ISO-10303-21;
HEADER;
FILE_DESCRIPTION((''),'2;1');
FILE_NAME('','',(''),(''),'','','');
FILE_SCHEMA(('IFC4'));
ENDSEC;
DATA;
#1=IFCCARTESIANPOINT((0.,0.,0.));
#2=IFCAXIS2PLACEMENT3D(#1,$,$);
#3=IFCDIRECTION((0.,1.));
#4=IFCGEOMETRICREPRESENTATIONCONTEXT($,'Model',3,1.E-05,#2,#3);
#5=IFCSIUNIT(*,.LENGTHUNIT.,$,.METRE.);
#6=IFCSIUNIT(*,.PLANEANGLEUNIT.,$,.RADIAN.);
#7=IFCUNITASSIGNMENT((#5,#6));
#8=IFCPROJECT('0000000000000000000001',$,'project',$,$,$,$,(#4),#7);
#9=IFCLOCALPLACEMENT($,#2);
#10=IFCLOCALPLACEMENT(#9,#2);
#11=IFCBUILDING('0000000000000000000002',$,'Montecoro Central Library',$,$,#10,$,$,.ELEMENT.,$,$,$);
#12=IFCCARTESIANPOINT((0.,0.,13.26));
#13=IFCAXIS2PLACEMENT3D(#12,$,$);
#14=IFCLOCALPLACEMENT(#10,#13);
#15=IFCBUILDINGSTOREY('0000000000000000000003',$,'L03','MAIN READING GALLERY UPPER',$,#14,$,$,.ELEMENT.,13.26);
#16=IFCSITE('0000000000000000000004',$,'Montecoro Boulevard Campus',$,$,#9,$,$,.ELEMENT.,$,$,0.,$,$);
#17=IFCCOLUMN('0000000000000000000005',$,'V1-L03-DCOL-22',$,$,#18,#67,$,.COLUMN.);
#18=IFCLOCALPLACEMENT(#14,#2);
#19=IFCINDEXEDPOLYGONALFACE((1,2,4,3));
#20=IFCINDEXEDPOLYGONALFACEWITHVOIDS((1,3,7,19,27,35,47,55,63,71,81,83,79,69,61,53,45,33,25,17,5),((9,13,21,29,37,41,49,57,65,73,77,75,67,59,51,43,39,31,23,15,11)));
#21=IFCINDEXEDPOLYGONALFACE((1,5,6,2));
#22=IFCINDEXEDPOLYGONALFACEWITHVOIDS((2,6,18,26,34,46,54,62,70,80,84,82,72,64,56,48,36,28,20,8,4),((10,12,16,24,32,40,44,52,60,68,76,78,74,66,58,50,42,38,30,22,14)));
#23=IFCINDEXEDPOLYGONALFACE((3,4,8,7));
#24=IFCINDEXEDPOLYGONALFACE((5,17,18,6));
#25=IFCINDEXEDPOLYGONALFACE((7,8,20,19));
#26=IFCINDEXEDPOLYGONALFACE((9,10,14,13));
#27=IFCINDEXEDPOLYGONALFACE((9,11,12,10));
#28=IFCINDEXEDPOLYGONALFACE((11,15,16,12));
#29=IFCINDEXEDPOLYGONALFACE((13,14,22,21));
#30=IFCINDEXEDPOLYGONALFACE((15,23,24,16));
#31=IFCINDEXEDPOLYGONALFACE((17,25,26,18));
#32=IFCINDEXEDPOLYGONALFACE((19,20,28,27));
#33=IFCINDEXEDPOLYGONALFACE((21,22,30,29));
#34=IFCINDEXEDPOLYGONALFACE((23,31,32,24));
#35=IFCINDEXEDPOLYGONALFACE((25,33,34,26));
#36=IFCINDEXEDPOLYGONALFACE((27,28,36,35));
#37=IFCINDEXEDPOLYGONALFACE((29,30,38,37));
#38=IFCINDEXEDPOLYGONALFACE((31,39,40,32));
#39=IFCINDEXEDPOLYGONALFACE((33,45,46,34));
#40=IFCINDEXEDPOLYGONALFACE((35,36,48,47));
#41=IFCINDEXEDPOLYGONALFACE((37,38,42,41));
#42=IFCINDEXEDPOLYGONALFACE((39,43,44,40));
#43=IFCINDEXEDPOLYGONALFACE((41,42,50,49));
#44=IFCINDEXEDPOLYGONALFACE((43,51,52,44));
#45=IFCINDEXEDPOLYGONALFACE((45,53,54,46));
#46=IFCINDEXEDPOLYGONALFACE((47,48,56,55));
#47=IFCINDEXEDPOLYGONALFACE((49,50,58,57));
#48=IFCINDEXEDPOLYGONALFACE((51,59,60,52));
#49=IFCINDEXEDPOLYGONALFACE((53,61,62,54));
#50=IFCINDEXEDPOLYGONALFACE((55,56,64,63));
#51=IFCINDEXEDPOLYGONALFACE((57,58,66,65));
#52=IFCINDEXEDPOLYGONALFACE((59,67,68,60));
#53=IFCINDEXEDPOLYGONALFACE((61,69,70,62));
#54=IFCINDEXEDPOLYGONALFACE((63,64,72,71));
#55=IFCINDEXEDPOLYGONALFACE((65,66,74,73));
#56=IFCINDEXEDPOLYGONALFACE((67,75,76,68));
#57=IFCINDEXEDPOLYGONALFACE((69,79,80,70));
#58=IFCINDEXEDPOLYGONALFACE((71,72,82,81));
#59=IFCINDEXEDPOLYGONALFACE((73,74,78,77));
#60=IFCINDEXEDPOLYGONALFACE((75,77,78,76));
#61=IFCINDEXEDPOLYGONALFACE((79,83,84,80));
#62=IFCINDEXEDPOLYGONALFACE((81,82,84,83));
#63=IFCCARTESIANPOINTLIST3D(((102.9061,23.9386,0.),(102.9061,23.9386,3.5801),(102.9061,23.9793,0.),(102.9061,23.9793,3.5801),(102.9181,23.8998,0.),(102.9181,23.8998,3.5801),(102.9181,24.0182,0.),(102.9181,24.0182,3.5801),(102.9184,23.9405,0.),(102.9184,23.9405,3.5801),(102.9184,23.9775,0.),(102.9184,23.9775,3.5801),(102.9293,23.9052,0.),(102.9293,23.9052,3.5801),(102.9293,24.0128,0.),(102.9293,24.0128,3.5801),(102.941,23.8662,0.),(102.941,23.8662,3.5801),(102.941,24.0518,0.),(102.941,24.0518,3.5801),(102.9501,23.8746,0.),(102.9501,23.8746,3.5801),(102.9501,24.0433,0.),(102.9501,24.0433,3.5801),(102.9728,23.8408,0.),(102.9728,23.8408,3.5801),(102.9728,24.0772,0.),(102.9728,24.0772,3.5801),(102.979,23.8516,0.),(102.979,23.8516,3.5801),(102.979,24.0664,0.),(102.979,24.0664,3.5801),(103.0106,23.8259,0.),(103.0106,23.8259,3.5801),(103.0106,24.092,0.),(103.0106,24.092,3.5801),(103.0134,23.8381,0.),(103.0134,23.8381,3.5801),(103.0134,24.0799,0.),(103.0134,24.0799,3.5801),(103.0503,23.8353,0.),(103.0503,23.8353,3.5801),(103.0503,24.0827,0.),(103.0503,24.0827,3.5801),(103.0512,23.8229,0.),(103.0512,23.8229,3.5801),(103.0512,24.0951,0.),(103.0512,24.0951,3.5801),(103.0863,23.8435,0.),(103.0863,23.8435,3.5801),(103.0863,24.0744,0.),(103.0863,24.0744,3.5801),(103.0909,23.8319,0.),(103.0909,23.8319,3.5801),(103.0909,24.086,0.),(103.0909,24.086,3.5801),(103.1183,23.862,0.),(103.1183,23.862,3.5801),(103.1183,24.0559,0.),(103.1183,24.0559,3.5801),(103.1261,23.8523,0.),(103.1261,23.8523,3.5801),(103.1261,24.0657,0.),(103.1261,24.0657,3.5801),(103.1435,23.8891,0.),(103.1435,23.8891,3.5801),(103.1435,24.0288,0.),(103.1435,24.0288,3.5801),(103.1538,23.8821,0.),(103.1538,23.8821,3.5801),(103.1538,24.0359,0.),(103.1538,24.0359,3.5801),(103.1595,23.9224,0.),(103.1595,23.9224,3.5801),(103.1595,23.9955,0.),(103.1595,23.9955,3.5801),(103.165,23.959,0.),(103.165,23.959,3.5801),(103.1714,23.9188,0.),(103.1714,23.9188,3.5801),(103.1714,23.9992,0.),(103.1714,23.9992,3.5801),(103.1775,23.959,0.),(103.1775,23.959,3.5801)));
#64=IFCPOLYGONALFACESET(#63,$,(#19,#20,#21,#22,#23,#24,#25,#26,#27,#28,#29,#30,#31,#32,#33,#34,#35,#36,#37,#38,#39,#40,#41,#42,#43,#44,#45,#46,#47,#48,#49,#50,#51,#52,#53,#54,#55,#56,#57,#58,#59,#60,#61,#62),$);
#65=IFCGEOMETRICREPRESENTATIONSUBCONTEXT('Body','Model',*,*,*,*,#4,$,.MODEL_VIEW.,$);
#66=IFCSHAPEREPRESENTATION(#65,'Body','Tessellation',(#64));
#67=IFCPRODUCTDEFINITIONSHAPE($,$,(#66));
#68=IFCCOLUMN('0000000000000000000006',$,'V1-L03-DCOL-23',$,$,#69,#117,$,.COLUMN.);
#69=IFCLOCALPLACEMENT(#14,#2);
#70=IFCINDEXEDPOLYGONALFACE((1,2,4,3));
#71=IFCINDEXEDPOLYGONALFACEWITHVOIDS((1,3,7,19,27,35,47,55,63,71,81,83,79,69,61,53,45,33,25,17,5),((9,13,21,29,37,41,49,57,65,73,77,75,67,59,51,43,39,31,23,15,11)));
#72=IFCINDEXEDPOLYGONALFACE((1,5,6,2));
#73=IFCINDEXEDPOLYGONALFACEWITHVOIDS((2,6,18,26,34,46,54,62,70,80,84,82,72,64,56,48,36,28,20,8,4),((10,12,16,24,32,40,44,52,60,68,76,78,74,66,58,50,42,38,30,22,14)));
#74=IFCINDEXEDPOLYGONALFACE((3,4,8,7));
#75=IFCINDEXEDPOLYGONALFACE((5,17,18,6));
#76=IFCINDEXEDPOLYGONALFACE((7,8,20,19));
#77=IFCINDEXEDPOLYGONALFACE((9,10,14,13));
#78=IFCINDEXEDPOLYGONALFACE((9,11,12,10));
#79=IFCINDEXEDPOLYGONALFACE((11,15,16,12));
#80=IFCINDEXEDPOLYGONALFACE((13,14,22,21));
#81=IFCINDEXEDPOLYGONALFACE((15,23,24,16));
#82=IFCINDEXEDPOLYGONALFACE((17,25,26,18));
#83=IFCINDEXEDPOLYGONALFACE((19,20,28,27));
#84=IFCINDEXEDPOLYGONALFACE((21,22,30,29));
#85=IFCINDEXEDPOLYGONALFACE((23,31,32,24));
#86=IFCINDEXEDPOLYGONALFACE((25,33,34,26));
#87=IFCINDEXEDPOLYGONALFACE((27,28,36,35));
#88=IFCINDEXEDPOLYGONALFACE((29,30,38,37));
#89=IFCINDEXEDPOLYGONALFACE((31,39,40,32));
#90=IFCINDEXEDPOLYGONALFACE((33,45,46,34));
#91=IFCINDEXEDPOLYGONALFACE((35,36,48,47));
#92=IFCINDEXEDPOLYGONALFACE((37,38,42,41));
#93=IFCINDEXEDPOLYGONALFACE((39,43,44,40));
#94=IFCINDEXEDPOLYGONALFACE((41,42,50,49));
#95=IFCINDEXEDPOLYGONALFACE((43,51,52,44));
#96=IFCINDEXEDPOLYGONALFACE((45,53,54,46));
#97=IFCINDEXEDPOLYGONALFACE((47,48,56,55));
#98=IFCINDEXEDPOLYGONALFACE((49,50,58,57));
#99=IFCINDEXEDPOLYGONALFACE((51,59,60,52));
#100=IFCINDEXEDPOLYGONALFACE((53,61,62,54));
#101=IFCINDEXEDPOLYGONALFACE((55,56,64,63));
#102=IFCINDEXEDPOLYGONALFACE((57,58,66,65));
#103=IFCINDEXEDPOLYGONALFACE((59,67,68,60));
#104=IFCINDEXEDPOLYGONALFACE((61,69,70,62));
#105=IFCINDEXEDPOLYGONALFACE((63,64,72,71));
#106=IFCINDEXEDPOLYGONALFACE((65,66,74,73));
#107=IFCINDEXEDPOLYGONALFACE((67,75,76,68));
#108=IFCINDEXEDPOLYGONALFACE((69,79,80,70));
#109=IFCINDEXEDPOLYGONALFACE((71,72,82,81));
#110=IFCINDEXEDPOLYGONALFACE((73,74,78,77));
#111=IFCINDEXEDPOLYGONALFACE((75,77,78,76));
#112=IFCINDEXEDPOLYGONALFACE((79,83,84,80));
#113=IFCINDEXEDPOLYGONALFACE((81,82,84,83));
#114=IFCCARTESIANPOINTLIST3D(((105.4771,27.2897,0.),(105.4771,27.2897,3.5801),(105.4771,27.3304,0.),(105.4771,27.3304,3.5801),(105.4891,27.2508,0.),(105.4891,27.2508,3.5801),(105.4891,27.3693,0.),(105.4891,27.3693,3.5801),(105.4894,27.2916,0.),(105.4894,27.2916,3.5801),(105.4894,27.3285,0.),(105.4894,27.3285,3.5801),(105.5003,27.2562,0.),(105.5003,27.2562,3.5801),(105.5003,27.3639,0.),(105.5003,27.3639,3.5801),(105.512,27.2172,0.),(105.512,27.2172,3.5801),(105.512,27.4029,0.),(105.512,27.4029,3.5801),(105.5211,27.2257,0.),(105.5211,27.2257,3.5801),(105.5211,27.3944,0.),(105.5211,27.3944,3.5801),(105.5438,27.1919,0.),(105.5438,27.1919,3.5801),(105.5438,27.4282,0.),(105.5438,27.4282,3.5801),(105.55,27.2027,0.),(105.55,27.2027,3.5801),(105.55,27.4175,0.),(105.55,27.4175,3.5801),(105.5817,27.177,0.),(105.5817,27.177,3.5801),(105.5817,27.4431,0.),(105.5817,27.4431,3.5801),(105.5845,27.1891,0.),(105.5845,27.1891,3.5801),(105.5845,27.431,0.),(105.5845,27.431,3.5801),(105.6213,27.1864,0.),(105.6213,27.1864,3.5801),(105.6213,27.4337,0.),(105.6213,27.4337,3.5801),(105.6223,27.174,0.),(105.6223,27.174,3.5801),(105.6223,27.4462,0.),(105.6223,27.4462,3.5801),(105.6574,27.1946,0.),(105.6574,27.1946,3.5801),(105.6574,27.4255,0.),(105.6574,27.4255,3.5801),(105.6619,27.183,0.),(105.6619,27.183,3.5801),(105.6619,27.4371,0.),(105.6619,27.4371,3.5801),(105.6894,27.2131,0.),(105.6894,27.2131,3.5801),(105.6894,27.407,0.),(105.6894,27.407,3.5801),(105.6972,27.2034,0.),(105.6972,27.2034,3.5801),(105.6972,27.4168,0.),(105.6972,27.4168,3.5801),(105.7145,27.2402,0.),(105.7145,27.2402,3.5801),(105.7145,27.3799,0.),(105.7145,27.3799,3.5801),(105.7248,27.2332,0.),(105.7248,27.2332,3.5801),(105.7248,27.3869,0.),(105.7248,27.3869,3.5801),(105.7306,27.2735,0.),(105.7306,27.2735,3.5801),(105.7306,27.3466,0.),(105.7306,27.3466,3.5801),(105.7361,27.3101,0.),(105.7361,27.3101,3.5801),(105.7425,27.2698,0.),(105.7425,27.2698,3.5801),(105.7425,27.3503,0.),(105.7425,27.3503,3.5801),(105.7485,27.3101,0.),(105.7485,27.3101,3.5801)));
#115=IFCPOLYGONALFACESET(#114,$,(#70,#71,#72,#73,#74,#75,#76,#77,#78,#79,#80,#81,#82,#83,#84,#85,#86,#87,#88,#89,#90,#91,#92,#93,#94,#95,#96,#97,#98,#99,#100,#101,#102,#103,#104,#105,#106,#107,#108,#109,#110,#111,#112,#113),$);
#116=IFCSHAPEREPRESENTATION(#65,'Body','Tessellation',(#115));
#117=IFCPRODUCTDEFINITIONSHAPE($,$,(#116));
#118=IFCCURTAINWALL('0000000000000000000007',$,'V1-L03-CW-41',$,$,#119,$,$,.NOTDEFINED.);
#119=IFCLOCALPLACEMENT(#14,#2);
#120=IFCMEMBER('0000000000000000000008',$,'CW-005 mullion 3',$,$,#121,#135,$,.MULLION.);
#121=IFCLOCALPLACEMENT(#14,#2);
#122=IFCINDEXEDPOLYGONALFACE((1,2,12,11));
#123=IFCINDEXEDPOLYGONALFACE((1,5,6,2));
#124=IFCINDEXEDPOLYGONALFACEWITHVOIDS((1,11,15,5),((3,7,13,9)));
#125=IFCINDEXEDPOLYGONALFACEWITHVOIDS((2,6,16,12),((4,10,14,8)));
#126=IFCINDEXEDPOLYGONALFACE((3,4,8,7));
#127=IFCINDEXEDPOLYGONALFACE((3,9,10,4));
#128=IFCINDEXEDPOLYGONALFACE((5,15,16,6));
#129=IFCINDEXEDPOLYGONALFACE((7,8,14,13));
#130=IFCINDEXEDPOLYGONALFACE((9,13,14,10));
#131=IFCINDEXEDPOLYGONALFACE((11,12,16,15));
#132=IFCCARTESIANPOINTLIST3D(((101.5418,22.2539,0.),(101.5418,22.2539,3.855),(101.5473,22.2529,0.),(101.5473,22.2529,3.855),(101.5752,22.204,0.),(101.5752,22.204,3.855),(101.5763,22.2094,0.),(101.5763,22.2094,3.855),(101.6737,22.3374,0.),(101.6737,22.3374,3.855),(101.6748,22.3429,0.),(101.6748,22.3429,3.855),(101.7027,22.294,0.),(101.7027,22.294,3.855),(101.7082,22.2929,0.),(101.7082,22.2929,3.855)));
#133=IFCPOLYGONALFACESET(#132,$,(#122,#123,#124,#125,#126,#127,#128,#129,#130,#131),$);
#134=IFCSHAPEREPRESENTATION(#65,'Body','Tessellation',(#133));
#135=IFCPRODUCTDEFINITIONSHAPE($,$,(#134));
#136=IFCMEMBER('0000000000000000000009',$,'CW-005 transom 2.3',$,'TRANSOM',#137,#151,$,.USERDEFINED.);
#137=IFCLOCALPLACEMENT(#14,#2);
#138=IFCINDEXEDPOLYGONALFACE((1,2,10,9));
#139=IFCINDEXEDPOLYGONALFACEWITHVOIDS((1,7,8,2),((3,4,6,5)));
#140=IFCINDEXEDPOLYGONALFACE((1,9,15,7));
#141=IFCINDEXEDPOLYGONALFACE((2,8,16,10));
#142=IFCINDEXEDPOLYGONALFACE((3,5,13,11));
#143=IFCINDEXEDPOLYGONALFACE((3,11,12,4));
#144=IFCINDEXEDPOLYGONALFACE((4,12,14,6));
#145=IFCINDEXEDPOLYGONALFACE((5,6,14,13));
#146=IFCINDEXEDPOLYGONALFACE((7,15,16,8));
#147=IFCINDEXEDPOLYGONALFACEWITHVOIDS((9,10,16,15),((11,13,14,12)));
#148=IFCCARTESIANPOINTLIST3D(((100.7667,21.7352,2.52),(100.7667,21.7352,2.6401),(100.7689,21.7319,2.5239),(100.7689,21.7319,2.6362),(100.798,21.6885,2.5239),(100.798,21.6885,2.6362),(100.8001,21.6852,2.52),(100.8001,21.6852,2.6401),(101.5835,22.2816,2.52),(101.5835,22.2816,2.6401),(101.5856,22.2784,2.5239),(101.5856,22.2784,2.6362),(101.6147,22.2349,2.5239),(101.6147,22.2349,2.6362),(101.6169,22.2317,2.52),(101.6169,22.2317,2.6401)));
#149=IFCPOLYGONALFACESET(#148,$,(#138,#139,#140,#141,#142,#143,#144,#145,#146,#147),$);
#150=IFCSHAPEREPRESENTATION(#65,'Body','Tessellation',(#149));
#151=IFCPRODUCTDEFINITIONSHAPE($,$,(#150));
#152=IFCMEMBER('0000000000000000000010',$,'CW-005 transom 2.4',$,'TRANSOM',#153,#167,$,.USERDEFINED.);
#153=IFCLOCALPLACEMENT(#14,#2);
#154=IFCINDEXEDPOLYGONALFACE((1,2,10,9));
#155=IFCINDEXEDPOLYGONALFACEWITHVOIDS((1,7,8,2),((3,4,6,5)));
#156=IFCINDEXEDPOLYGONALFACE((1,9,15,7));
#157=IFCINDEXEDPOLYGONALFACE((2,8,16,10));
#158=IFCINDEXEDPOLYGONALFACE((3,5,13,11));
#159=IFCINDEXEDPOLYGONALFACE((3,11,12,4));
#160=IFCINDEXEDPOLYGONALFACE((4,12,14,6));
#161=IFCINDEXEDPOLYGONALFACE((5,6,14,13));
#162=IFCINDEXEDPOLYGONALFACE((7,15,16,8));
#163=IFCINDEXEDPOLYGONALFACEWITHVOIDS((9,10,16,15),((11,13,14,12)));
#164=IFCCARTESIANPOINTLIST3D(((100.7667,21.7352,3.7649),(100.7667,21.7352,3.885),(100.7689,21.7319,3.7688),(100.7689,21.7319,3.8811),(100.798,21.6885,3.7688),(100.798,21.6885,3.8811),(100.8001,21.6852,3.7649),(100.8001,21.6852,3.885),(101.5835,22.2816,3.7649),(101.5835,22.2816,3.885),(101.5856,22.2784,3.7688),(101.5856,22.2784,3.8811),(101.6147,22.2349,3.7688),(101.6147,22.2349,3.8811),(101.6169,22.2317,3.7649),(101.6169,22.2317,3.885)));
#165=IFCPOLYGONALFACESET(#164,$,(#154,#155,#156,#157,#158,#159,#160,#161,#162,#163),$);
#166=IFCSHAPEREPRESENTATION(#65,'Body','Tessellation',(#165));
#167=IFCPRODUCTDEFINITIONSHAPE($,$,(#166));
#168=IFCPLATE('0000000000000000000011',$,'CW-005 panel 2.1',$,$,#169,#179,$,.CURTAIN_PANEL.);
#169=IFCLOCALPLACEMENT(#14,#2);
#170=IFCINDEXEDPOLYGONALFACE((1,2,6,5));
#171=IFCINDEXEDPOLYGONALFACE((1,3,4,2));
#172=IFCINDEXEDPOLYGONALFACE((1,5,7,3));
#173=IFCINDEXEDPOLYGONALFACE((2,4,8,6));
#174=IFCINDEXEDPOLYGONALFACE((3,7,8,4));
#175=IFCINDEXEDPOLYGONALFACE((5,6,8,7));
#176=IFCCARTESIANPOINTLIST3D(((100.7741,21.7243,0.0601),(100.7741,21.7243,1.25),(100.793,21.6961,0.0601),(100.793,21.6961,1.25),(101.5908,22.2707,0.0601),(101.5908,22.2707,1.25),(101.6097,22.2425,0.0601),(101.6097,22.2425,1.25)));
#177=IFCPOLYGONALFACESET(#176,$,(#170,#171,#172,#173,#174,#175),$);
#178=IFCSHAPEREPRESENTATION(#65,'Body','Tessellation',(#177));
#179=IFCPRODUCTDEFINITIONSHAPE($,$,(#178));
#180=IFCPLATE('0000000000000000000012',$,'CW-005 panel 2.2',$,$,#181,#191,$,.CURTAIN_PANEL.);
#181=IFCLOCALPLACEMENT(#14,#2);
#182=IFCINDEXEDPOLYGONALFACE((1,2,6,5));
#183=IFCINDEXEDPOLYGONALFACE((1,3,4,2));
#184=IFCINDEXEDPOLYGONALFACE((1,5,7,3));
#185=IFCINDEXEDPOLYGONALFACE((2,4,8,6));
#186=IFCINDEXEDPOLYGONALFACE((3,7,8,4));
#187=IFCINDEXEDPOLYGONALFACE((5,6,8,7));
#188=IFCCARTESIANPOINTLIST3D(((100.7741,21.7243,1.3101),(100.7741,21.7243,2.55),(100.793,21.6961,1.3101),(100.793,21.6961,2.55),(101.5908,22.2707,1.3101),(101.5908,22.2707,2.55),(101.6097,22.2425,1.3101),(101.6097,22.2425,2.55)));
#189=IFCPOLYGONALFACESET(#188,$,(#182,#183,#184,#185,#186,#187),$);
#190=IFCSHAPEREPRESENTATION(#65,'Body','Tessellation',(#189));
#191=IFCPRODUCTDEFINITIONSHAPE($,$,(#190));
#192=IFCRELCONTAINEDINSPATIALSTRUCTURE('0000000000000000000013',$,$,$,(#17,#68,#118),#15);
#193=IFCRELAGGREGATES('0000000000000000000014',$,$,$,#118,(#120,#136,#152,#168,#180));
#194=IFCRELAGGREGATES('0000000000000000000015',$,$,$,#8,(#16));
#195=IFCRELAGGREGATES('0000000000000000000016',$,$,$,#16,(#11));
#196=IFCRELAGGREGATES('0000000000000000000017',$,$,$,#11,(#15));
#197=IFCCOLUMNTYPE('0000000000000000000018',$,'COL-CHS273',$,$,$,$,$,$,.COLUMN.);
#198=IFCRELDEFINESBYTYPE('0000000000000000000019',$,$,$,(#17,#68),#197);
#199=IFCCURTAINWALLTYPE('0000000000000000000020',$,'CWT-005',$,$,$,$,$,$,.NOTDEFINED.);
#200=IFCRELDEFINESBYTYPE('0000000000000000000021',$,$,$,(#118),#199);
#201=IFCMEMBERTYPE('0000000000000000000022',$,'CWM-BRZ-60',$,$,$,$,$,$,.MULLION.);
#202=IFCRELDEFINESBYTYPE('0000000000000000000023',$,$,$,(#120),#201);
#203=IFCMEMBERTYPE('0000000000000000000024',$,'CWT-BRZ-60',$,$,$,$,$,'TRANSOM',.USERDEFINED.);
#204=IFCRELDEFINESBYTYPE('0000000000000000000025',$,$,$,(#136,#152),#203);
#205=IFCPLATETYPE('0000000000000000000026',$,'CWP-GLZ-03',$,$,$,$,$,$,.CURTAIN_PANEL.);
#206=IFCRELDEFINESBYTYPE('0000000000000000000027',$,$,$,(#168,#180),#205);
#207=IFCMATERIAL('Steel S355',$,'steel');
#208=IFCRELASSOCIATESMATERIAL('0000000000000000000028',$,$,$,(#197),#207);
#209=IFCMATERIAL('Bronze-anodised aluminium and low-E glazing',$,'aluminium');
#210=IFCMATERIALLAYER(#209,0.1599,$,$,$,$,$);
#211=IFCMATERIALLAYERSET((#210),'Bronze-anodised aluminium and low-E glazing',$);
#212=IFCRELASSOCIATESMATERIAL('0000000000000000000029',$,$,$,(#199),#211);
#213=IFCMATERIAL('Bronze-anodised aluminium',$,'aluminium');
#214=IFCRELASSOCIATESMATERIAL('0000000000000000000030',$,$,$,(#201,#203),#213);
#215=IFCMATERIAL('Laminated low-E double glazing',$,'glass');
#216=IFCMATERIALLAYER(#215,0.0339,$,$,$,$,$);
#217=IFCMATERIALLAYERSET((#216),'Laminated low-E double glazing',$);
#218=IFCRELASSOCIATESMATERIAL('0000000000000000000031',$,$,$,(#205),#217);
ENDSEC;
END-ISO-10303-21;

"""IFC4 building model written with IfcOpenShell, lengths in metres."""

from ifc_helpers import new_model, si_unit, direction, frame, origin, origin_2d, place, context, subcontext, project, spatial, rectangle, hollow_rectangle, hollow_circle, extrude, material, layer, layer_set, material_profile, profile_set, type_object, element, aggregate, save


model = new_model("IFC4")

# Units and contexts
model_context = context("Model", 3, precision=1e-05, world=origin(), true_north=direction((0.0, 1.0)))
body_context = subcontext(model_context, "Body", "Model", "MODEL_VIEW")
ifc_project = project(units=[si_unit("LENGTHUNIT", "METRE"), si_unit("PLANEANGLEUNIT", "RADIAN")], contexts=[model_context])

# Site, building, storey
site_placement = place(None, origin())
site = spatial("IfcSite", under=ifc_project, at=site_placement, Name="Montecoro Boulevard Campus", CompositionType="ELEMENT", RefElevation=0.0)
building_placement = place(site_placement, origin())
building = spatial("IfcBuilding", under=site, at=building_placement, Name="Montecoro Central Library", CompositionType="ELEMENT")
storey_placement = place(building_placement, frame((0.0, 0.0, 13.26)))
storey = spatial("IfcBuildingStorey", under=building, at=storey_placement, Name="L03", Description="MAIN READING GALLERY UPPER", CompositionType="ELEMENT", Elevation=13.26)

# Columns
ifc_material_1 = material(Name="Steel S355", Category="steel")
ifc_material_profile_1 = material_profile(ifc_material_1, hollow_circle(Radius=0.1365, WallThickness=0.0125, at=origin_2d()), Name="CHS 273.0x12.5")
ifc_profile_set_1 = profile_set([ifc_material_profile_1], Name="Steel S355")
column_type = type_object("IfcColumnType", Name="COL-CHS273", PredefinedType="COLUMN", material=ifc_profile_set_1)
for number, where, z_axis, x_axis, name in (
    (1, (103.041, 23.959, 0.0), (0.0, 0.0, 1.0), (1.0, 0.0, 0.0), "V1-L03-DCOL-22"),
    (2, (105.6121, 27.3101, 0.0), (0.0, 0.0, 1.0), (1.0, 0.0, 0.0), "V1-L03-DCOL-23"),
):
    element("IfcColumn", number, at=place(storey_placement, frame(where, z_axis=z_axis, x_axis=x_axis)), inside=storey, type_object=column_type, Name=name, PredefinedType="COLUMN", context=body_context, shape_type="SweptSolid", body=[
        extrude(hollow_circle(Radius=0.1365, WallThickness=0.0125, at=origin_2d()), origin(), (0.0, 0.0, 1.0), 3.5801),
    ])

# Curtain wall, members, plates
ifc_material_2 = material(Name="Bronze-anodised aluminium and low-E glazing", Category="aluminium")
ifc_layer_1 = layer(ifc_material_2, 0.1599)
ifc_layer_set_1 = layer_set([ifc_layer_1], Name="Bronze-anodised aluminium and low-E glazing")
curtain_wall_type = type_object("IfcCurtainWallType", Name="CWT-005", PredefinedType="NOTDEFINED", material=ifc_layer_set_1)
curtain_wall_placement = place(storey_placement, origin())
curtain_wall = element("IfcCurtainWall", 3, at=curtain_wall_placement, inside=storey, type_object=curtain_wall_type, Name="V1-L03-CW-41", PredefinedType="NOTDEFINED")
ifc_material_3 = material(Name="Bronze-anodised aluminium", Category="aluminium")
ifc_material_profile_2 = material_profile(ifc_material_3, hollow_rectangle(XDim=0.0601, YDim=0.1599, WallThickness=0.0039, at=origin_2d()), Name="CWM 160x60x4.0")
ifc_profile_set_2 = profile_set([ifc_material_profile_2], Name="Bronze-anodised aluminium")
member_type_1 = type_object("IfcMemberType", Name="CWM-BRZ-60", PredefinedType="MULLION", material=ifc_profile_set_2)
member_1_placement = place(storey_placement, frame((101.625, 22.2734, 0.0), z_axis=(0.0, 0.0, 1.0), x_axis=(-0.556098, 0.831117, 0.0)))
member_1 = element("IfcMember", 4, at=member_1_placement, type_object=member_type_1, Name="CW-005 mullion 3", PredefinedType="MULLION", context=body_context, shape_type="SweptSolid", body=[
    extrude(hollow_rectangle(XDim=0.0601, YDim=0.1599, WallThickness=0.0039, at=origin_2d()), origin(), (0.0, 0.0, 1.0), 3.855),
])
ifc_material_profile_3 = material_profile(ifc_material_3, hollow_rectangle(XDim=0.0601, YDim=0.1201, WallThickness=0.0039, at=origin_2d()), Name="CWT 120x60x4.0")
ifc_profile_set_3 = profile_set([ifc_material_profile_3], Name="Bronze-anodised aluminium")
member_type_2 = type_object("IfcMemberType", Name="CWT-BRZ-60", ElementType="TRANSOM", PredefinedType="USERDEFINED", material=ifc_profile_set_3)
member_2_placement = place(storey_placement, frame((100.7834, 21.7102, 2.5801), z_axis=(0.831132, 0.556076, 0.0), x_axis=(-0.556076, 0.831132, 0.0)))
member_2 = element("IfcMember", 5, at=member_2_placement, type_object=member_type_2, Name="CW-005 transom 2.3", ObjectType="TRANSOM", PredefinedType="USERDEFINED", context=body_context, shape_type="SweptSolid", body=[
    extrude(hollow_rectangle(XDim=0.0601, YDim=0.1201, WallThickness=0.0039, at=origin_2d()), origin(), (0.0, 0.0, 1.0), 0.9827),
])
member_3_placement = place(storey_placement, frame((100.7834, 21.7102, 3.825), z_axis=(0.831132, 0.556076, 0.0), x_axis=(-0.556076, 0.831132, 0.0)))
member_3 = element("IfcMember", 6, at=member_3_placement, type_object=member_type_2, Name="CW-005 transom 2.4", ObjectType="TRANSOM", PredefinedType="USERDEFINED", context=body_context, shape_type="SweptSolid", body=[
    extrude(hollow_rectangle(XDim=0.0601, YDim=0.1201, WallThickness=0.0039, at=origin_2d()), origin(), (0.0, 0.0, 1.0), 0.9827),
])
ifc_material_4 = material(Name="Laminated low-E double glazing", Category="glass")
ifc_layer_2 = layer(ifc_material_4, 0.0339)
ifc_layer_set_2 = layer_set([ifc_layer_2], Name="Laminated low-E double glazing")
plate_type_1 = type_object("IfcPlateType", Name="CWP-GLZ-03", PredefinedType="CURTAIN_PANEL", material=ifc_layer_set_2)
plate_1_placement = place(storey_placement, frame((101.1919, 21.9834, 0.0601), z_axis=(0.0, 0.0, 1.0), x_axis=(0.831117, 0.556098, 0.0)))
plate_1 = element("IfcPlate", 7, at=plate_1_placement, type_object=plate_type_1, Name="CW-005 panel 2.1", PredefinedType="CURTAIN_PANEL", context=body_context, shape_type="SweptSolid", body=[
    extrude(rectangle(XDim=0.9827, YDim=0.0339, at=origin_2d()), origin(), (0.0, 0.0, 1.0), 1.1899),
])
plate_2_placement = place(storey_placement, frame((101.1919, 21.9834, 1.3101), z_axis=(0.0, 0.0, 1.0), x_axis=(0.831117, 0.556098, 0.0)))
plate_2 = element("IfcPlate", 8, at=plate_2_placement, type_object=plate_type_1, Name="CW-005 panel 2.2", PredefinedType="CURTAIN_PANEL", context=body_context, shape_type="SweptSolid", body=[
    extrude(rectangle(XDim=0.9827, YDim=0.0339, at=origin_2d()), origin(), (0.0, 0.0, 1.0), 1.24),
])
aggregate(curtain_wall, [member_1, member_2, member_3, plate_1, plate_2])

save(model, "model.ifc")
